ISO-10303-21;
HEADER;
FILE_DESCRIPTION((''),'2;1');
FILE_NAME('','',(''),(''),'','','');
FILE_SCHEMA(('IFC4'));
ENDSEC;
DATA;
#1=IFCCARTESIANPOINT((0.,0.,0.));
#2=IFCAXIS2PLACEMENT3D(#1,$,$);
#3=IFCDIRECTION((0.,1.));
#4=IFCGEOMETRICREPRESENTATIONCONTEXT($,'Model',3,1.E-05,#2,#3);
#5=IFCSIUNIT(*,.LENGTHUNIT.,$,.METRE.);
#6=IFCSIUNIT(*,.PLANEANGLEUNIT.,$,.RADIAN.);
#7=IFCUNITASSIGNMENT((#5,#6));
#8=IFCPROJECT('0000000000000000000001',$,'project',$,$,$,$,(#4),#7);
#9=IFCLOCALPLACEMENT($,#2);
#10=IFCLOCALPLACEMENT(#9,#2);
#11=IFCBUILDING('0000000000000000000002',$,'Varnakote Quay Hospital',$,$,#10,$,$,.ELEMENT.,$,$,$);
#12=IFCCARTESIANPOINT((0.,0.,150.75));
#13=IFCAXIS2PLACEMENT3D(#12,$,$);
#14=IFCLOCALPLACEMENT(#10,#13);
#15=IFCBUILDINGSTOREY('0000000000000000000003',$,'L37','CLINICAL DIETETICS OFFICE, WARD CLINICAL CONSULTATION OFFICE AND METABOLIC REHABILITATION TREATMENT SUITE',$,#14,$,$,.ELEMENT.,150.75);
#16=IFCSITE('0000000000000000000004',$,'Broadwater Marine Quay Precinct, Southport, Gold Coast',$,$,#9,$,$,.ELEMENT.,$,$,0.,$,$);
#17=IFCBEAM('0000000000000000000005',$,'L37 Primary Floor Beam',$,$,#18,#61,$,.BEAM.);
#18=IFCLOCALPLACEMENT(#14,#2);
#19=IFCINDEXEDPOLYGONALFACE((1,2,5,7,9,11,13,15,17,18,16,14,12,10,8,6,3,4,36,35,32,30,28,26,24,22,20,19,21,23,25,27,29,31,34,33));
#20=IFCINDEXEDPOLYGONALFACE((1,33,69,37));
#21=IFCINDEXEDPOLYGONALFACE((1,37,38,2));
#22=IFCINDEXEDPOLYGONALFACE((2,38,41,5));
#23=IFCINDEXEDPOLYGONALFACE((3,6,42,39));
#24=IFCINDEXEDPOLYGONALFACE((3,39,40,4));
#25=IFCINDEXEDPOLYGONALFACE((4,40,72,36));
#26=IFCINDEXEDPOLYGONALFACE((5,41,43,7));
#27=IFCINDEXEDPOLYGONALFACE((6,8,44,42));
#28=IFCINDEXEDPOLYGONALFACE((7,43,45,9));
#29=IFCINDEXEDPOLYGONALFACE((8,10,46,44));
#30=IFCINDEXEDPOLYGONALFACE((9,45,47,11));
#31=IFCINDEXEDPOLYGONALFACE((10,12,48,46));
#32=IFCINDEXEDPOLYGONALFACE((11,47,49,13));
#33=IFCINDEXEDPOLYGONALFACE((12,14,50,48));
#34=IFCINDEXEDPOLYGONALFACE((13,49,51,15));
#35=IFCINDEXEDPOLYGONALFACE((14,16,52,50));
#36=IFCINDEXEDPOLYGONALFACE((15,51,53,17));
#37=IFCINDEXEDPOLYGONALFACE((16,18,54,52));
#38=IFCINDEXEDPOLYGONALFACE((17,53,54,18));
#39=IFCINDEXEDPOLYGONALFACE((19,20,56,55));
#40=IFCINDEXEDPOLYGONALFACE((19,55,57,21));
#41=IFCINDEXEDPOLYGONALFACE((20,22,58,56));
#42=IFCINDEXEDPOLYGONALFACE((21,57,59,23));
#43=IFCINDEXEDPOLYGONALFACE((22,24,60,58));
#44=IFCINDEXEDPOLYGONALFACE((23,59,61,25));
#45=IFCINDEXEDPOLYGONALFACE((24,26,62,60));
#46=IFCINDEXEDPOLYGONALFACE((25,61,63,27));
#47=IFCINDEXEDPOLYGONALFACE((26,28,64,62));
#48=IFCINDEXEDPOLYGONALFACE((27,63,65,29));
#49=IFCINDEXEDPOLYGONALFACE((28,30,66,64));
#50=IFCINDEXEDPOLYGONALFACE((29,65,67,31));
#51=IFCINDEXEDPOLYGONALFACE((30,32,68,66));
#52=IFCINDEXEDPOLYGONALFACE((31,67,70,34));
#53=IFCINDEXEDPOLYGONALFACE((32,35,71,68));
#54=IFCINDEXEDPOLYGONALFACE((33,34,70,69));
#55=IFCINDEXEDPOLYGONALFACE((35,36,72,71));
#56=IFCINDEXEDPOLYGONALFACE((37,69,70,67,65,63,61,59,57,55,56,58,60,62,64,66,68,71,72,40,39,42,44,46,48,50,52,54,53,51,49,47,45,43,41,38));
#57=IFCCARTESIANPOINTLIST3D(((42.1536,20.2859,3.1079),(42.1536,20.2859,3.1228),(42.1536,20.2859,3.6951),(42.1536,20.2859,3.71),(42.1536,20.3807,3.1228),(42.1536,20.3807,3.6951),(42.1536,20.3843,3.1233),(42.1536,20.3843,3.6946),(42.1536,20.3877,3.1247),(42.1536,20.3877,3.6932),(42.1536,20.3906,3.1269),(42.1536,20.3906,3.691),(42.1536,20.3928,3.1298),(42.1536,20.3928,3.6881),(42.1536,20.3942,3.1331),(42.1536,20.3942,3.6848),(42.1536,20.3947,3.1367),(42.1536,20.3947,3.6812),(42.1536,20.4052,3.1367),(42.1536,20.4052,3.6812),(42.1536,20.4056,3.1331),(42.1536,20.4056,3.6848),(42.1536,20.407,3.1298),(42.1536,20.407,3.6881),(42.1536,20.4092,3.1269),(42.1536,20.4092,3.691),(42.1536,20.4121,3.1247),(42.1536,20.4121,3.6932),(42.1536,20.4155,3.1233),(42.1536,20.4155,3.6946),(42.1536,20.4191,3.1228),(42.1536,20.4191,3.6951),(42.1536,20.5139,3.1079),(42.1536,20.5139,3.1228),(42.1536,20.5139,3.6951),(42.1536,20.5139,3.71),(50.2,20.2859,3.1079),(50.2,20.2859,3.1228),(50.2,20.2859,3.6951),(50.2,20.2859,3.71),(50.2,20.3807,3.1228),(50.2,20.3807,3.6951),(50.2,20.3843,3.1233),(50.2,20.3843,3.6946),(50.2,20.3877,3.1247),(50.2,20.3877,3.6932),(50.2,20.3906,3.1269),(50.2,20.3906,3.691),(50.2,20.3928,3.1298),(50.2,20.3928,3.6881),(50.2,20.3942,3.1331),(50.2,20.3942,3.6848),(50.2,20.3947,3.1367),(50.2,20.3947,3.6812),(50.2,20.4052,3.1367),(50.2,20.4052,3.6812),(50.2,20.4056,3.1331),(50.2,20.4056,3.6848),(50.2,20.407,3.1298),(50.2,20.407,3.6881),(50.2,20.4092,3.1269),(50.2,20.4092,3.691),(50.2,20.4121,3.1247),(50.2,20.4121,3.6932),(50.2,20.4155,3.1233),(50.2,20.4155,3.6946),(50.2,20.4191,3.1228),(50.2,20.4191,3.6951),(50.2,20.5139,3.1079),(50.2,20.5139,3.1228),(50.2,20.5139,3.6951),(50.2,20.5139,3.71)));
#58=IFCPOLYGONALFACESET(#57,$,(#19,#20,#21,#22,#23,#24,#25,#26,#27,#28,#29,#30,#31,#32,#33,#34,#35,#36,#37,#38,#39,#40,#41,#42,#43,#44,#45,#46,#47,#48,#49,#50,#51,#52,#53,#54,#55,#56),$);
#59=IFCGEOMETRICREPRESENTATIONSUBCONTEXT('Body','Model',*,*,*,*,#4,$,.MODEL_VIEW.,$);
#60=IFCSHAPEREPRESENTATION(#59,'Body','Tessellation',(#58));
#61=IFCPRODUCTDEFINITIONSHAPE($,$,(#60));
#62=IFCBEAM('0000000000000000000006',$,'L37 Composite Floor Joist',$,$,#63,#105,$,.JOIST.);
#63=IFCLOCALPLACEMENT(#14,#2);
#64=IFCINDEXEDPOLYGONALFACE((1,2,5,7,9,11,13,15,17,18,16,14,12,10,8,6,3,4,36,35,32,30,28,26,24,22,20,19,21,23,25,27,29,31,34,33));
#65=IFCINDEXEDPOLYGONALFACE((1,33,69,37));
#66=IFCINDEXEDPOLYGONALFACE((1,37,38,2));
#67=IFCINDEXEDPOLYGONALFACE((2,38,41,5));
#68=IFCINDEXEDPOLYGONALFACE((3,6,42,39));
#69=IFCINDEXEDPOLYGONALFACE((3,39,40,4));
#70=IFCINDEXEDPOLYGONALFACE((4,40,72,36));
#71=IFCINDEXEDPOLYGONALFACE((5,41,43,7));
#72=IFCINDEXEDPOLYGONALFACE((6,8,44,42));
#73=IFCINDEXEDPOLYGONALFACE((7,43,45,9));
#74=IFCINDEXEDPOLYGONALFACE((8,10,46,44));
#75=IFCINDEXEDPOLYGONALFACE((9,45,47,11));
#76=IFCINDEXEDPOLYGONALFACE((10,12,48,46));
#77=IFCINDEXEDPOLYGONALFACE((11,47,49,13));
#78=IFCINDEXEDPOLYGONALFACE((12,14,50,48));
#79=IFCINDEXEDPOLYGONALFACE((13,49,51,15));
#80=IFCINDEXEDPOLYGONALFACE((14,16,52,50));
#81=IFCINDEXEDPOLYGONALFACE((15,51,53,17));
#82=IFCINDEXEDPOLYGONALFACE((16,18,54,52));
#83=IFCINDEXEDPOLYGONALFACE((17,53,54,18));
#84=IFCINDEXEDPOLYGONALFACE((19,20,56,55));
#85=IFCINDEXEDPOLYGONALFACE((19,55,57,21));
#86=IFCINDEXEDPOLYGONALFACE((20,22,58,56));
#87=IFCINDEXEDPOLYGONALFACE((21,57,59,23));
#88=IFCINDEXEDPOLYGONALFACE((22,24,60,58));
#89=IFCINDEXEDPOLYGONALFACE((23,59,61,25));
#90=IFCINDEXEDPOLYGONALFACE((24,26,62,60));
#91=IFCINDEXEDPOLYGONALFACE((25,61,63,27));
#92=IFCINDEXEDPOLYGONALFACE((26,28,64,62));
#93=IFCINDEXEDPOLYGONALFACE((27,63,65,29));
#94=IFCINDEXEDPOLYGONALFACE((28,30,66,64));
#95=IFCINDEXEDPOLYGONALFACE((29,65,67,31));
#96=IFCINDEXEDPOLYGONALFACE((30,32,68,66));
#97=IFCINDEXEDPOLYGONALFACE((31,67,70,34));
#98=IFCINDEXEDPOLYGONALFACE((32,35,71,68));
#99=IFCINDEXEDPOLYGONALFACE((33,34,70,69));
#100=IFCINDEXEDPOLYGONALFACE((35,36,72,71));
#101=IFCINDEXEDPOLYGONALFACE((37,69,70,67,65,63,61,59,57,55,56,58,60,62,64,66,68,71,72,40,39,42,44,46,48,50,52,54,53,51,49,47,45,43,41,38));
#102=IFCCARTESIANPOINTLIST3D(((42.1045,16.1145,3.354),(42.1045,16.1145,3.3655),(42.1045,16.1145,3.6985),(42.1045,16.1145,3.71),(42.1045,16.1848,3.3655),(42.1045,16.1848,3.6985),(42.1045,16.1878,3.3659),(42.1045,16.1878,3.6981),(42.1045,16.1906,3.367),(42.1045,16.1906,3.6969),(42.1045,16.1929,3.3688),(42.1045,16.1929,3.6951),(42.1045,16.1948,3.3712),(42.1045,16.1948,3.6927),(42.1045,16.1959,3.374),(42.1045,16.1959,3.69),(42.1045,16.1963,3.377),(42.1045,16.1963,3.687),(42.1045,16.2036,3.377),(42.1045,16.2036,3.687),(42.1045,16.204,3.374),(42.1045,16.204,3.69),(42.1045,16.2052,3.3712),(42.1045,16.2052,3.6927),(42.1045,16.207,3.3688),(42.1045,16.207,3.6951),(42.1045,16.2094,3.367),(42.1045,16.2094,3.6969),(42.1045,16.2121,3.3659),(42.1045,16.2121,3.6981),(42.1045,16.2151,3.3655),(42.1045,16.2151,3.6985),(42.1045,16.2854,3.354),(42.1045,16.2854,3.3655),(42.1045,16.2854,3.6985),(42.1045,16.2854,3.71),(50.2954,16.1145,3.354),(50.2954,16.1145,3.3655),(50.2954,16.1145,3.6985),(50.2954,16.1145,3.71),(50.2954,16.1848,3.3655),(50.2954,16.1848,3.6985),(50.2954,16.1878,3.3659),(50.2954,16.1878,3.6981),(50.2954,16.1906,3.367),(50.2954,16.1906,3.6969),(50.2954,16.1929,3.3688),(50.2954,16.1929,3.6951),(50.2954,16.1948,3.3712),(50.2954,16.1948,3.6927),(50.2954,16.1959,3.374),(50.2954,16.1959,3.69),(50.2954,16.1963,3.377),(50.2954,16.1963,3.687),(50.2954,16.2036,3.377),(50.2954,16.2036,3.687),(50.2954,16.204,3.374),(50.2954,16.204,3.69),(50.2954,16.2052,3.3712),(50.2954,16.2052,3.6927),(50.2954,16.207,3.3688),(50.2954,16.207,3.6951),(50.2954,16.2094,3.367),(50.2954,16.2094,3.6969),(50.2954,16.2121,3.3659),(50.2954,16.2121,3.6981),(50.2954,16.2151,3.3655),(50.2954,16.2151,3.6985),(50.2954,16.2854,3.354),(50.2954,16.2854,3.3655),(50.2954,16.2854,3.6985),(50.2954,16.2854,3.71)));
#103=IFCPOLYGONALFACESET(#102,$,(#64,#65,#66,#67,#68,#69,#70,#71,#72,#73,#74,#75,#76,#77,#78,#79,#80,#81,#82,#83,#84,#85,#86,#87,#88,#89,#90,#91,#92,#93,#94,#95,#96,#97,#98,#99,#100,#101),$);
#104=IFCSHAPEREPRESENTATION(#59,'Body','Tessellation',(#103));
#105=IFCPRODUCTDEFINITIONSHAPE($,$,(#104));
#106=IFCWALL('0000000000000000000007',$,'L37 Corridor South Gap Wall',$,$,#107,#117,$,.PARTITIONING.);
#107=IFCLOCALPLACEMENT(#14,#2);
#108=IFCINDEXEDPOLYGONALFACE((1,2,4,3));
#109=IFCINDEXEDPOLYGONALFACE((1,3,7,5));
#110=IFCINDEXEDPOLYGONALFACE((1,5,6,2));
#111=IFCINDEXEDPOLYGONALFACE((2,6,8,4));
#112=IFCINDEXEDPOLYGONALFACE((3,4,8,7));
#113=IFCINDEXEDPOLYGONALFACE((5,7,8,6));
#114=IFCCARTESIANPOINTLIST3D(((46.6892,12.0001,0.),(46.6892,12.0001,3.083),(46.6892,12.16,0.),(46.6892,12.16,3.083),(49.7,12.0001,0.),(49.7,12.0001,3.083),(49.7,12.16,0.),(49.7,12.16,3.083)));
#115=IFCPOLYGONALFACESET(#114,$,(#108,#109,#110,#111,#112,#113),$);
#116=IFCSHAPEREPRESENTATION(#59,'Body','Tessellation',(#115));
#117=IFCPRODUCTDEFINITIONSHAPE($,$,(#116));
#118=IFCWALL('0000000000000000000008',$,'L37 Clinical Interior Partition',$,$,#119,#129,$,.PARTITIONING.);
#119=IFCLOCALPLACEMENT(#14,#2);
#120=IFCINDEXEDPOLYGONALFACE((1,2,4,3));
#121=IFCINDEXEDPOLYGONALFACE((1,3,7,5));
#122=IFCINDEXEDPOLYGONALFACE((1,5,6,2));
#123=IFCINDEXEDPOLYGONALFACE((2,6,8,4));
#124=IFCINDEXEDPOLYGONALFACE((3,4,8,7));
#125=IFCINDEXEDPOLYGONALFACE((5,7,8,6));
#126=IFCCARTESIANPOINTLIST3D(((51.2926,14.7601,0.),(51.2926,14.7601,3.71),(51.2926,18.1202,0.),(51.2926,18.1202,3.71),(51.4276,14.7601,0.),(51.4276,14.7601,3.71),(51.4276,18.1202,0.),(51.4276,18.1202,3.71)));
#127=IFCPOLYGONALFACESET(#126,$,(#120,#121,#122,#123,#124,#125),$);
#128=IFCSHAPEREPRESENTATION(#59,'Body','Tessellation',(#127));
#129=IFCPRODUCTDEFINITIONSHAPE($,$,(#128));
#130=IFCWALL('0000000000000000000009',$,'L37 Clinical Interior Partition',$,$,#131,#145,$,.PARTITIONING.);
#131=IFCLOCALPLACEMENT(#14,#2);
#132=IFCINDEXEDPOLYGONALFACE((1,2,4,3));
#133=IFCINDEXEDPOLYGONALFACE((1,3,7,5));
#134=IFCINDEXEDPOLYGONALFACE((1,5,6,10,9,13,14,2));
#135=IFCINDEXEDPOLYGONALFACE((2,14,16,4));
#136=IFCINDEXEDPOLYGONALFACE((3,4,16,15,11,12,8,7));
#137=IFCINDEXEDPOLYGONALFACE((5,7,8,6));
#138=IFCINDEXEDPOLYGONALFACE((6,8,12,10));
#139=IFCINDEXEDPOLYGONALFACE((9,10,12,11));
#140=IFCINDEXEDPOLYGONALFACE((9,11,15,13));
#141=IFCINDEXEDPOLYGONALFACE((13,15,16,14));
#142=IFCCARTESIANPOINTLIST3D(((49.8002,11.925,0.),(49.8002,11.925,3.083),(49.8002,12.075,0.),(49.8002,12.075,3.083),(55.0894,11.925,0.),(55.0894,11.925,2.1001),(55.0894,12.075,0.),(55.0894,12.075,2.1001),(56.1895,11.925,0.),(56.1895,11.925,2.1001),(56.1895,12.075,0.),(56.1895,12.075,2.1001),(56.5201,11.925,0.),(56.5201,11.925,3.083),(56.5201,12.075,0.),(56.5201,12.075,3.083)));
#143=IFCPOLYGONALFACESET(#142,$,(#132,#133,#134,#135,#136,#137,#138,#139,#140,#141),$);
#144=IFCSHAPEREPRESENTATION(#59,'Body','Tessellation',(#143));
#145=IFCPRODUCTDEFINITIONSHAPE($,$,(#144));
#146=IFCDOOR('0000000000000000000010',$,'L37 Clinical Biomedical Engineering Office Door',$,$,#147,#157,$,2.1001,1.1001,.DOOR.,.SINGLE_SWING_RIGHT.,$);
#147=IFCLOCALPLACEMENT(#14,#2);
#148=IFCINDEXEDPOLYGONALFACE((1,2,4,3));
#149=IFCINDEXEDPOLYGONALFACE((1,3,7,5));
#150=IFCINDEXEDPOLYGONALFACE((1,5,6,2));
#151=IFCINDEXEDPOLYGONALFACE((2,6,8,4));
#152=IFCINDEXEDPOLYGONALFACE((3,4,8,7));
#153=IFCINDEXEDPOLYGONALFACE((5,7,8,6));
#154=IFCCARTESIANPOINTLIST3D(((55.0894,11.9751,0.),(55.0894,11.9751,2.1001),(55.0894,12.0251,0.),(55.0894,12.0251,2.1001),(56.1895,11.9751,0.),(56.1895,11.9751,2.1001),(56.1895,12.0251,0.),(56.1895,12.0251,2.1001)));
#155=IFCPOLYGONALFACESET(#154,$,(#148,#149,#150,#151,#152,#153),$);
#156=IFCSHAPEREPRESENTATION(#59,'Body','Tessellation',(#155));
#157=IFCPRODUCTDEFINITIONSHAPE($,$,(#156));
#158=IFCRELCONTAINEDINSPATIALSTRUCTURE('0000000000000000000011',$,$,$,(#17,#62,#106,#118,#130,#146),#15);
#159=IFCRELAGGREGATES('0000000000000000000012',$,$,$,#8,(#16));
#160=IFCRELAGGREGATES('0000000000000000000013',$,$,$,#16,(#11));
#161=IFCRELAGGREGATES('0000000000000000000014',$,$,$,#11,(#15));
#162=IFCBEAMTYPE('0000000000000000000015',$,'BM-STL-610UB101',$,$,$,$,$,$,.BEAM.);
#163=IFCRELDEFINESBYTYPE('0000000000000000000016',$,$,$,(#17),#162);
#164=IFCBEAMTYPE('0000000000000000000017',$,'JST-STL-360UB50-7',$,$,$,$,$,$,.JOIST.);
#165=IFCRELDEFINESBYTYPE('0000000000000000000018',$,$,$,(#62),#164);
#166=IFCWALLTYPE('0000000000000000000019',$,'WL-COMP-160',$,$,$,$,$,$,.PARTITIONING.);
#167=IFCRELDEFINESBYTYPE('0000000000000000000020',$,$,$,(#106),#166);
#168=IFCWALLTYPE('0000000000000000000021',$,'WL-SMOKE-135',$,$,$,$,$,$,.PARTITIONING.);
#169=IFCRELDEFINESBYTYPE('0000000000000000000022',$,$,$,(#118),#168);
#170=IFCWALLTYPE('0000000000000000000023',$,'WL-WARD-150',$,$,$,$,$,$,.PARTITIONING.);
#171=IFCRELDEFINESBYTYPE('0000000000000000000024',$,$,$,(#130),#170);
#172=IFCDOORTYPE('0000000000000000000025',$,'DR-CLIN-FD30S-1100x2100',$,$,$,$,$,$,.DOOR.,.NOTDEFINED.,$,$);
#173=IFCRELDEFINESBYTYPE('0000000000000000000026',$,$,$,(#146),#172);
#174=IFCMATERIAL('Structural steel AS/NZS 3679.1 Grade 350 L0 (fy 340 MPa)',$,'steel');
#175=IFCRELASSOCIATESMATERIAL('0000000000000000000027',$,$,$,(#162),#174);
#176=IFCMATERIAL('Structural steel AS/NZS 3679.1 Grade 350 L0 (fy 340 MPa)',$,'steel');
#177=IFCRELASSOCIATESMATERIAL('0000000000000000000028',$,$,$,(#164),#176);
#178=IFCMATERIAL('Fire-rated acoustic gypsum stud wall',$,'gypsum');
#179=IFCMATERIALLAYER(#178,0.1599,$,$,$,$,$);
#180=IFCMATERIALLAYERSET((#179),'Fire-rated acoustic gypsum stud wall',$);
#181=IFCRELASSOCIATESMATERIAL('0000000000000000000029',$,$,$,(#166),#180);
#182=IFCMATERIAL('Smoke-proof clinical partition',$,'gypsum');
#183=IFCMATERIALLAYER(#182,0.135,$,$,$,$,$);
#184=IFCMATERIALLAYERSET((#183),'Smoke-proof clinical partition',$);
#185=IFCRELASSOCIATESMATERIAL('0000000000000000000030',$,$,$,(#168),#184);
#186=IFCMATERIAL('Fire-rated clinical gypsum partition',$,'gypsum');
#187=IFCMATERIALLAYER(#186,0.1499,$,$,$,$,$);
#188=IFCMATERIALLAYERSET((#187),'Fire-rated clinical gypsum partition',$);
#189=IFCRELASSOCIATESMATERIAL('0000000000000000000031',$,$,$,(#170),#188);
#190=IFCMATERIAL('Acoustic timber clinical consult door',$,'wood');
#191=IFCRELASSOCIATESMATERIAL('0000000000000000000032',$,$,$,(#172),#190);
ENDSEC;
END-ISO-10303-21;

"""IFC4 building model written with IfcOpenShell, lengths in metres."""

from ifc_helpers import new_model, si_unit, direction, frame, frame_2d, origin, origin_2d, place, context, subcontext, project, spatial, rectangle, i_section, extrude, material, layer, layer_set, material_profile, profile_set, type_object, element, fill, save


model = new_model("IFC4")

# Units and contexts
model_context = context("Model", 3, precision=1e-05, world=origin(), true_north=direction((0.0, 1.0)))
body_context = subcontext(model_context, "Body", "Model", "MODEL_VIEW")
ifc_project = project(units=[si_unit("LENGTHUNIT", "METRE"), si_unit("PLANEANGLEUNIT", "RADIAN")], contexts=[model_context])

# Site, building, storey
site_placement = place(None, origin())
site = spatial("IfcSite", under=ifc_project, at=site_placement, Name="Broadwater Marine Quay Precinct, Southport, Gold Coast", CompositionType="ELEMENT", RefElevation=0.0)
building_placement = place(site_placement, origin())
building = spatial("IfcBuilding", under=site, at=building_placement, Name="Varnakote Quay Hospital", CompositionType="ELEMENT")
storey_placement = place(building_placement, frame((0.0, 0.0, 150.75)))
storey = spatial("IfcBuildingStorey", under=building, at=storey_placement, Name="L37", Description="CLINICAL DIETETICS OFFICE, WARD CLINICAL CONSULTATION OFFICE AND METABOLIC REHABILITATION TREATMENT SUITE", CompositionType="ELEMENT", Elevation=150.75)

# Beams
ifc_material_1 = material(Name="Structural steel AS/NZS 3679.1 Grade 350 L0 (fy 340 MPa)", Category="steel")
ifc_material_profile_1 = material_profile(ifc_material_1, i_section(OverallWidth=0.228, OverallDepth=0.6021, WebThickness=0.0105, FlangeThickness=0.0149, FilletRadius=0.0139, at=origin_2d()), Name="610UB101")
ifc_profile_set_1 = profile_set([ifc_material_profile_1], Name="Structural steel AS/NZS 3679.1 Grade 350 L0 (fy 340 MPa)")
beam_type_1 = type_object("IfcBeamType", Name="BM-STL-610UB101", PredefinedType="BEAM", material=ifc_profile_set_1)
beam_1_placement = place(storey_placement, frame((42.1536, 20.3999, 3.4089), z_axis=(1.0, 0.0, 0.0), x_axis=(0.0, 1.0, 0.0)))
element("IfcBeam", 1, at=beam_1_placement, inside=storey, type_object=beam_type_1, Name="L37 Primary Floor Beam", PredefinedType="BEAM", context=body_context, shape_type="SweptSolid", body=[
    extrude(i_section(OverallWidth=0.228, OverallDepth=0.6021, WebThickness=0.0105, FlangeThickness=0.0149, FilletRadius=0.0139, at=origin_2d()), origin(), (0.0, 0.0, 1.0), 8.0464),
])
ifc_material_2 = material(Name="Structural steel AS/NZS 3679.1 Grade 350 L0 (fy 340 MPa)", Category="steel")
ifc_material_profile_2 = material_profile(ifc_material_2, i_section(OverallWidth=0.1709, OverallDepth=0.356, WebThickness=0.0073, FlangeThickness=0.0115, FilletRadius=0.0115, at=origin_2d()), Name="360UB50.7")
ifc_profile_set_2 = profile_set([ifc_material_profile_2], Name="Structural steel AS/NZS 3679.1 Grade 350 L0 (fy 340 MPa)")
beam_type_2 = type_object("IfcBeamType", Name="JST-STL-360UB50-7", PredefinedType="JOIST", material=ifc_profile_set_2)
beam_2_placement = place(storey_placement, frame((42.1045, 16.2, 3.532), z_axis=(1.0, 0.0, 0.0), x_axis=(0.0, 1.0, 0.0)))
element("IfcBeam", 2, at=beam_2_placement, inside=storey, type_object=beam_type_2, Name="L37 Composite Floor Joist", PredefinedType="JOIST", context=body_context, shape_type="SweptSolid", body=[
    extrude(i_section(OverallWidth=0.1709, OverallDepth=0.356, WebThickness=0.0073, FlangeThickness=0.0115, FilletRadius=0.0115, at=origin_2d()), origin(), (0.0, 0.0, 1.0), 8.1909),
])

# Wall
ifc_material_3 = material(Name="Fire-rated acoustic gypsum stud wall", Category="gypsum")
ifc_layer_1 = layer(ifc_material_3, 0.1599)
ifc_layer_set_1 = layer_set([ifc_layer_1], Name="Fire-rated acoustic gypsum stud wall")
wall_type_1 = type_object("IfcWallType", Name="WL-COMP-160", PredefinedType="PARTITIONING", material=ifc_layer_set_1)
wall_1_placement = place(storey_placement, frame((46.6892, 12.0801, 0.0), z_axis=(0.0, 0.0, 1.0), x_axis=(1.0, 0.0, 0.0)))
element("IfcWall", 3, at=wall_1_placement, inside=storey, type_object=wall_type_1, Name="L37 Corridor South Gap Wall", PredefinedType="PARTITIONING", context=body_context, shape_type="SweptSolid", body=[
    extrude(rectangle(XDim=3.0107, YDim=0.1599, at=frame_2d((1.5054, 0.0))), origin(), (0.0, 0.0, 1.0), 3.083),
])

# Wall
ifc_material_4 = material(Name="Smoke-proof clinical partition", Category="gypsum")
ifc_layer_2 = layer(ifc_material_4, 0.135)
ifc_layer_set_2 = layer_set([ifc_layer_2], Name="Smoke-proof clinical partition")
wall_type_2 = type_object("IfcWallType", Name="WL-SMOKE-135", PredefinedType="PARTITIONING", material=ifc_layer_set_2)
wall_2_placement = place(storey_placement, frame((51.3601, 14.76, 0.0), z_axis=(0.0, 0.0, 1.0), x_axis=(0.0, 1.0, 0.0)))
element("IfcWall", 4, at=wall_2_placement, inside=storey, type_object=wall_type_2, Name="L37 Clinical Interior Partition", PredefinedType="PARTITIONING", context=body_context, shape_type="SweptSolid", body=[
    extrude(rectangle(XDim=3.3601, YDim=0.135, at=frame_2d((1.6802, 0.0))), origin(), (0.0, 0.0, 1.0), 3.71),
])

# Wall, opening, door
ifc_material_5 = material(Name="Fire-rated clinical gypsum partition", Category="gypsum")
ifc_layer_3 = layer(ifc_material_5, 0.1499)
ifc_layer_set_3 = layer_set([ifc_layer_3], Name="Fire-rated clinical gypsum partition")
wall_type_3 = type_object("IfcWallType", Name="WL-WARD-150", PredefinedType="PARTITIONING", material=ifc_layer_set_3)
wall_3_placement = place(storey_placement, frame((56.52, 12.0, 0.0), z_axis=(0.0, 0.0, 1.0), x_axis=(-1.0, 0.0, 0.0)))
wall_3 = element("IfcWall", 5, at=wall_3_placement, inside=storey, type_object=wall_type_3, Name="L37 Clinical Interior Partition", PredefinedType="PARTITIONING", context=body_context, shape_type="SweptSolid", body=[
    extrude(rectangle(XDim=6.72, YDim=0.1499, at=frame_2d((3.3599, 0.0))), origin(), (0.0, 0.0, 1.0), 3.083),
])
opening_1_placement = place(wall_3_placement, frame((0.3306, 0.0, 0.0)))
opening_1 = element("IfcOpeningElement", 6, at=opening_1_placement, cuts=wall_3, PredefinedType="OPENING", context=body_context, shape_type="SweptSolid", body=[
    extrude(rectangle(XDim=1.1001, YDim=2.1001, at=frame_2d((0.55, 1.05))), frame((0.0, 0.085, 0.0), z_axis=(0.0, -1.0, 0.0), x_axis=(1.0, 0.0, 0.0)), (0.0, 0.0, 1.0), 0.1699),
])
ifc_material_6 = material(Name="Acoustic timber clinical consult door", Category="wood")
door_type_1 = type_object("IfcDoorType", Name="DR-CLIN-FD30S-1100x2100", OperationType="NOTDEFINED", PredefinedType="DOOR", material=ifc_material_6)
door_1_placement = place(opening_1_placement, origin())
door_1 = element("IfcDoor", 7, at=door_1_placement, inside=storey, type_object=door_type_1, Name="L37 Clinical Biomedical Engineering Office Door", OperationType="SINGLE_SWING_RIGHT", OverallHeight=2.1001, OverallWidth=1.1001, PredefinedType="DOOR", context=body_context, shape_type="SweptSolid", body=[
    extrude(rectangle(XDim=1.1001, YDim=2.1001, at=frame_2d((0.55, 1.05))), frame((0.0, 0.0249, 0.0), z_axis=(0.0, -1.0, 0.0), x_axis=(1.0, 0.0, 0.0)), (0.0, 0.0, 1.0), 0.05),
])
fill(opening_1, door_1)

save(model, "model.ifc")
